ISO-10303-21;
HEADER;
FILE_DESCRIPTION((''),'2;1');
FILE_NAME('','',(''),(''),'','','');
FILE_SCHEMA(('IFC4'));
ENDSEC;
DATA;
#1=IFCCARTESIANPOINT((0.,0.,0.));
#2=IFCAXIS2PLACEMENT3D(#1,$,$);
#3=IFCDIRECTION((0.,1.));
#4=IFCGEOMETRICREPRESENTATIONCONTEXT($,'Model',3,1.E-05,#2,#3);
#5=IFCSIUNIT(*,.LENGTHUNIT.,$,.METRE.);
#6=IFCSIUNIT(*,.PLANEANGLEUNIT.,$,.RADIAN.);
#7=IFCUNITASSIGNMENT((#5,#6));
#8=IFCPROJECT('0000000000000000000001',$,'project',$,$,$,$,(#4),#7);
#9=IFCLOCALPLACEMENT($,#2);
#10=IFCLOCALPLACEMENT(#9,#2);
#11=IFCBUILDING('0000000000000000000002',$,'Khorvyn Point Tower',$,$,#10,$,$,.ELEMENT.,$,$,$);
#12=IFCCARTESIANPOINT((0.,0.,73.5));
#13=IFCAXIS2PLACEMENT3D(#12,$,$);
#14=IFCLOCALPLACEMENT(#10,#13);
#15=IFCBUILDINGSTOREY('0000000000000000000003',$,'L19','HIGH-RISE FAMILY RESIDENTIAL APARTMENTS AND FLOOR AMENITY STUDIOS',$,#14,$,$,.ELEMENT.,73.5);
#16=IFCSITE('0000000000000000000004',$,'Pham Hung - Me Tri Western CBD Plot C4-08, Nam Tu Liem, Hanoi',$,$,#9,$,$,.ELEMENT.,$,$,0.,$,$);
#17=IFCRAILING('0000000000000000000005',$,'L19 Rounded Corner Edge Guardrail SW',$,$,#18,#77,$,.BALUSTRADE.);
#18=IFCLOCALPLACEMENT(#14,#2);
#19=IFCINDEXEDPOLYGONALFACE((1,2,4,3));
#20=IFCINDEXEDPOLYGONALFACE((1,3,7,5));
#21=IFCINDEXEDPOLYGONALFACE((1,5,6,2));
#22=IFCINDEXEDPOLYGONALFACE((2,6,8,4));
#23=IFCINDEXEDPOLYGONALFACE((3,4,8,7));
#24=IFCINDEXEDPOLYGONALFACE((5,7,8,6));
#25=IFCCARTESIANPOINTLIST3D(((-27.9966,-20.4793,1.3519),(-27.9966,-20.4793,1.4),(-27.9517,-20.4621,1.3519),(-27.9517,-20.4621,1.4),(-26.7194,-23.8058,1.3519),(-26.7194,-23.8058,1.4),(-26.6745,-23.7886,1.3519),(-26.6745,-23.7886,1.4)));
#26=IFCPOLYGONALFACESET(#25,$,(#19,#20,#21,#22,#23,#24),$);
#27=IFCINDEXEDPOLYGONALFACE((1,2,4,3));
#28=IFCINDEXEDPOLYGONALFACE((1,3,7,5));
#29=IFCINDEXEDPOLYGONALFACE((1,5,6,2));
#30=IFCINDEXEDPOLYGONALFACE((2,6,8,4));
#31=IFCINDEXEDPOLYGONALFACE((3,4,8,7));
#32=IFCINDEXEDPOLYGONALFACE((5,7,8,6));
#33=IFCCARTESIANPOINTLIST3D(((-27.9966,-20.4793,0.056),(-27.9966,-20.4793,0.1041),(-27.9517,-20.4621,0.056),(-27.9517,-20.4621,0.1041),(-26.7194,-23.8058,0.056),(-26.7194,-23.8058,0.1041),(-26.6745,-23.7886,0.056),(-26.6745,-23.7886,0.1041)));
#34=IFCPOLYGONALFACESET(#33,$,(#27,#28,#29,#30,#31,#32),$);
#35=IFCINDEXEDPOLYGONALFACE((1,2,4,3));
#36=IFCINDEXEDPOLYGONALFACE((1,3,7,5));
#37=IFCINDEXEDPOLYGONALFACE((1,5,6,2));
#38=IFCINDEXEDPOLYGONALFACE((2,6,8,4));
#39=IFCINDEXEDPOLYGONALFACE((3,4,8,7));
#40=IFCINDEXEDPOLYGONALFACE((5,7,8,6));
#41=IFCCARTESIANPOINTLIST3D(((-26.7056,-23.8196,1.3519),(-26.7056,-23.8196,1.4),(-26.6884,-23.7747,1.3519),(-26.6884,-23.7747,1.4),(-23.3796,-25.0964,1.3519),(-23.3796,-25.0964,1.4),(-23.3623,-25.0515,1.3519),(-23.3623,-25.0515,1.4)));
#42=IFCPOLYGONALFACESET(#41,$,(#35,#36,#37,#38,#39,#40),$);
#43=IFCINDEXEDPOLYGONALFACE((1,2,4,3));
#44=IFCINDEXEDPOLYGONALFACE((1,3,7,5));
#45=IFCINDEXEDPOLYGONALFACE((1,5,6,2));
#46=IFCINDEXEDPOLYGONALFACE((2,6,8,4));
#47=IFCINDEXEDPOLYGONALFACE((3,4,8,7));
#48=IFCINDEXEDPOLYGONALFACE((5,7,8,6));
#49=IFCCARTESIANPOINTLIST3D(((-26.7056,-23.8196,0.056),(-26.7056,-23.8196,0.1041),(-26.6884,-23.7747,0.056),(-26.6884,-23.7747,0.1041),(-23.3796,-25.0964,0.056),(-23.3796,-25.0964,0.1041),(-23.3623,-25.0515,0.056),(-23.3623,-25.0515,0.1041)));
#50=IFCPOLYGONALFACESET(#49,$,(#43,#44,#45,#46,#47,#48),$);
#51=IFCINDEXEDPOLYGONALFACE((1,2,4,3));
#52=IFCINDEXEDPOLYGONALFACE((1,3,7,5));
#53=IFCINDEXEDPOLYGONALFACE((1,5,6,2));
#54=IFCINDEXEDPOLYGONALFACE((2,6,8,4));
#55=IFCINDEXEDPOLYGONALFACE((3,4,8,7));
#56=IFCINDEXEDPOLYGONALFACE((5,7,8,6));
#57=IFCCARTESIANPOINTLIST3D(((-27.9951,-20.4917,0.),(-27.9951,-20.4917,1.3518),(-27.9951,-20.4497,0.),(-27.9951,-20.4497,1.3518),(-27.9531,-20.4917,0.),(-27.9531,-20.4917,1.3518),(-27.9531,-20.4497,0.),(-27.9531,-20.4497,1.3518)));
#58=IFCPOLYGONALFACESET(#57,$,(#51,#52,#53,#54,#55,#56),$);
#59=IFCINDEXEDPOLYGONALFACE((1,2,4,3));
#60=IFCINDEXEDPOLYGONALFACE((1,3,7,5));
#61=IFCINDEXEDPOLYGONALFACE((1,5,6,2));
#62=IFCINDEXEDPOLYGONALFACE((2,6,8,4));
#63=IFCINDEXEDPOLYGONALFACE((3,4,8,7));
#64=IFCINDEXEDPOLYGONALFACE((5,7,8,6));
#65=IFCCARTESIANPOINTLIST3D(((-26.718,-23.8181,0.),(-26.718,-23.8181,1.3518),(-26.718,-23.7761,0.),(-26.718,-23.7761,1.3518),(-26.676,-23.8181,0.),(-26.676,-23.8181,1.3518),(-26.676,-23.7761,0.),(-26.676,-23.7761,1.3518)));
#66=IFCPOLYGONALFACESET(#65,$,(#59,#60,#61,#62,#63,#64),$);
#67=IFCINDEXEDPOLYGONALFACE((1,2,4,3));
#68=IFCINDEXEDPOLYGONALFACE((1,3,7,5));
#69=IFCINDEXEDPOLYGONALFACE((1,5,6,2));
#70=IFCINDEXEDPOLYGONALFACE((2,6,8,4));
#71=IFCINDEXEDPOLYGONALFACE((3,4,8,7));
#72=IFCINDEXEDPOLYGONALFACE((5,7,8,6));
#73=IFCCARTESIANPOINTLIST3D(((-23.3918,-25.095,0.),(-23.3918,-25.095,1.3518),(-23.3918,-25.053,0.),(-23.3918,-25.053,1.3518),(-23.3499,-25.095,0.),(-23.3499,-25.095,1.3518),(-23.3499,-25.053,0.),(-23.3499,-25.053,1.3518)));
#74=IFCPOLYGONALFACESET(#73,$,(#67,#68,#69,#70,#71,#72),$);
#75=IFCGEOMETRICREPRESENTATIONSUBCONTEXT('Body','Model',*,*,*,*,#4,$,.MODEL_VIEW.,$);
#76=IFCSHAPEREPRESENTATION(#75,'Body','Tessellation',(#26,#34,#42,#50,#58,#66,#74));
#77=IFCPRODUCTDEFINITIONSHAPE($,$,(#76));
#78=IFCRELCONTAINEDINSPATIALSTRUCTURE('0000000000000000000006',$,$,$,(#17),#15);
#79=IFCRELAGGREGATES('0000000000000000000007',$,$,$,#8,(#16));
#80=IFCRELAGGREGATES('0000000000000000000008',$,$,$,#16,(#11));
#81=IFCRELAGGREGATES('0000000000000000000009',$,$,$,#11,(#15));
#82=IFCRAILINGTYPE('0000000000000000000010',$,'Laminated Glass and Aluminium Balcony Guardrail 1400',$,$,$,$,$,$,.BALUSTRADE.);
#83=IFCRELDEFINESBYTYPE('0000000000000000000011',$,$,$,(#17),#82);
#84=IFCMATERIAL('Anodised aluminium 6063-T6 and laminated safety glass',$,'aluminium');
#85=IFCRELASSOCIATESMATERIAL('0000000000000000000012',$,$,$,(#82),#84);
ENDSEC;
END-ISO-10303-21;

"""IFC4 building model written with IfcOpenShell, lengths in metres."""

from ifc_helpers import new_model, si_unit, direction, frame, origin, origin_2d, place, context, subcontext, project, spatial, rectangle, extrude, material, type_object, element, save


model = new_model("IFC4")

# Units and contexts
model_context = context("Model", 3, precision=1e-05, world=origin(), true_north=direction((0.0, 1.0)))
body_context = subcontext(model_context, "Body", "Model", "MODEL_VIEW")
ifc_project = project(units=[si_unit("LENGTHUNIT", "METRE"), si_unit("PLANEANGLEUNIT", "RADIAN")], contexts=[model_context])

# Site, building, storey
site_placement = place(None, origin())
site = spatial("IfcSite", under=ifc_project, at=site_placement, Name="Pham Hung - Me Tri Western CBD Plot C4-08, Nam Tu Liem, Hanoi", CompositionType="ELEMENT", RefElevation=0.0)
building_placement = place(site_placement, origin())
building = spatial("IfcBuilding", under=site, at=building_placement, Name="Khorvyn Point Tower", CompositionType="ELEMENT")
storey_placement = place(building_placement, frame((0.0, 0.0, 73.5)))
storey = spatial("IfcBuildingStorey", under=building, at=storey_placement, Name="L19", Description="HIGH-RISE FAMILY RESIDENTIAL APARTMENTS AND FLOOR AMENITY STUDIOS", CompositionType="ELEMENT", Elevation=73.5)

# Railing
ifc_material_1 = material(Name="Anodised aluminium 6063-T6 and laminated safety glass", Category="aluminium")
railing_type = type_object("IfcRailingType", Name="Laminated Glass and Aluminium Balcony Guardrail 1400", PredefinedType="BALUSTRADE", material=ifc_material_1)
railing_placement = place(storey_placement, frame((-27.9741, -20.4707, 0.0)))
element("IfcRailing", 1, at=railing_placement, inside=storey, type_object=railing_type, Name="L19 Rounded Corner Edge Guardrail SW", PredefinedType="BALUSTRADE", context=body_context, shape_type="SweptSolid", body=[
    extrude(rectangle(XDim=0.0481, YDim=0.0481, at=origin_2d()), frame((0.0, 0.0, 1.376), z_axis=(0.358419, -0.933561, 0.0), x_axis=(0.933561, 0.358419, 0.0)), (0.0, 0.0, 1.0), 3.5632),
    extrude(rectangle(XDim=0.0481, YDim=0.0481, at=origin_2d()), frame((0.0, 0.0, 0.0801), z_axis=(0.358419, -0.933561, 0.0), x_axis=(0.933561, 0.358419, 0.0)), (0.0, 0.0, 1.0), 3.5632),
    extrude(rectangle(XDim=0.0481, YDim=0.0481, at=origin_2d()), frame((1.2771, -3.3264, 1.376), z_axis=(0.933575, -0.358382, 0.0), x_axis=(0.358382, 0.933575, 0.0)), (0.0, 0.0, 1.0), 3.5627),
    extrude(rectangle(XDim=0.0481, YDim=0.0481, at=origin_2d()), frame((1.2771, -3.3264, 0.0801), z_axis=(0.933575, -0.358382, 0.0), x_axis=(0.358382, 0.933575, 0.0)), (0.0, 0.0, 1.0), 3.5627),
    extrude(rectangle(XDim=0.042, YDim=0.042, at=origin_2d()), origin(), (0.0, 0.0, 1.0), 1.3518),
    extrude(rectangle(XDim=0.042, YDim=0.042, at=origin_2d()), frame((1.2771, -3.3264, 0.0)), (0.0, 0.0, 1.0), 1.3518),
    extrude(rectangle(XDim=0.042, YDim=0.042, at=origin_2d()), frame((4.6033, -4.6033, 0.0)), (0.0, 0.0, 1.0), 1.3518),
])

save(model, "model.ifc")
